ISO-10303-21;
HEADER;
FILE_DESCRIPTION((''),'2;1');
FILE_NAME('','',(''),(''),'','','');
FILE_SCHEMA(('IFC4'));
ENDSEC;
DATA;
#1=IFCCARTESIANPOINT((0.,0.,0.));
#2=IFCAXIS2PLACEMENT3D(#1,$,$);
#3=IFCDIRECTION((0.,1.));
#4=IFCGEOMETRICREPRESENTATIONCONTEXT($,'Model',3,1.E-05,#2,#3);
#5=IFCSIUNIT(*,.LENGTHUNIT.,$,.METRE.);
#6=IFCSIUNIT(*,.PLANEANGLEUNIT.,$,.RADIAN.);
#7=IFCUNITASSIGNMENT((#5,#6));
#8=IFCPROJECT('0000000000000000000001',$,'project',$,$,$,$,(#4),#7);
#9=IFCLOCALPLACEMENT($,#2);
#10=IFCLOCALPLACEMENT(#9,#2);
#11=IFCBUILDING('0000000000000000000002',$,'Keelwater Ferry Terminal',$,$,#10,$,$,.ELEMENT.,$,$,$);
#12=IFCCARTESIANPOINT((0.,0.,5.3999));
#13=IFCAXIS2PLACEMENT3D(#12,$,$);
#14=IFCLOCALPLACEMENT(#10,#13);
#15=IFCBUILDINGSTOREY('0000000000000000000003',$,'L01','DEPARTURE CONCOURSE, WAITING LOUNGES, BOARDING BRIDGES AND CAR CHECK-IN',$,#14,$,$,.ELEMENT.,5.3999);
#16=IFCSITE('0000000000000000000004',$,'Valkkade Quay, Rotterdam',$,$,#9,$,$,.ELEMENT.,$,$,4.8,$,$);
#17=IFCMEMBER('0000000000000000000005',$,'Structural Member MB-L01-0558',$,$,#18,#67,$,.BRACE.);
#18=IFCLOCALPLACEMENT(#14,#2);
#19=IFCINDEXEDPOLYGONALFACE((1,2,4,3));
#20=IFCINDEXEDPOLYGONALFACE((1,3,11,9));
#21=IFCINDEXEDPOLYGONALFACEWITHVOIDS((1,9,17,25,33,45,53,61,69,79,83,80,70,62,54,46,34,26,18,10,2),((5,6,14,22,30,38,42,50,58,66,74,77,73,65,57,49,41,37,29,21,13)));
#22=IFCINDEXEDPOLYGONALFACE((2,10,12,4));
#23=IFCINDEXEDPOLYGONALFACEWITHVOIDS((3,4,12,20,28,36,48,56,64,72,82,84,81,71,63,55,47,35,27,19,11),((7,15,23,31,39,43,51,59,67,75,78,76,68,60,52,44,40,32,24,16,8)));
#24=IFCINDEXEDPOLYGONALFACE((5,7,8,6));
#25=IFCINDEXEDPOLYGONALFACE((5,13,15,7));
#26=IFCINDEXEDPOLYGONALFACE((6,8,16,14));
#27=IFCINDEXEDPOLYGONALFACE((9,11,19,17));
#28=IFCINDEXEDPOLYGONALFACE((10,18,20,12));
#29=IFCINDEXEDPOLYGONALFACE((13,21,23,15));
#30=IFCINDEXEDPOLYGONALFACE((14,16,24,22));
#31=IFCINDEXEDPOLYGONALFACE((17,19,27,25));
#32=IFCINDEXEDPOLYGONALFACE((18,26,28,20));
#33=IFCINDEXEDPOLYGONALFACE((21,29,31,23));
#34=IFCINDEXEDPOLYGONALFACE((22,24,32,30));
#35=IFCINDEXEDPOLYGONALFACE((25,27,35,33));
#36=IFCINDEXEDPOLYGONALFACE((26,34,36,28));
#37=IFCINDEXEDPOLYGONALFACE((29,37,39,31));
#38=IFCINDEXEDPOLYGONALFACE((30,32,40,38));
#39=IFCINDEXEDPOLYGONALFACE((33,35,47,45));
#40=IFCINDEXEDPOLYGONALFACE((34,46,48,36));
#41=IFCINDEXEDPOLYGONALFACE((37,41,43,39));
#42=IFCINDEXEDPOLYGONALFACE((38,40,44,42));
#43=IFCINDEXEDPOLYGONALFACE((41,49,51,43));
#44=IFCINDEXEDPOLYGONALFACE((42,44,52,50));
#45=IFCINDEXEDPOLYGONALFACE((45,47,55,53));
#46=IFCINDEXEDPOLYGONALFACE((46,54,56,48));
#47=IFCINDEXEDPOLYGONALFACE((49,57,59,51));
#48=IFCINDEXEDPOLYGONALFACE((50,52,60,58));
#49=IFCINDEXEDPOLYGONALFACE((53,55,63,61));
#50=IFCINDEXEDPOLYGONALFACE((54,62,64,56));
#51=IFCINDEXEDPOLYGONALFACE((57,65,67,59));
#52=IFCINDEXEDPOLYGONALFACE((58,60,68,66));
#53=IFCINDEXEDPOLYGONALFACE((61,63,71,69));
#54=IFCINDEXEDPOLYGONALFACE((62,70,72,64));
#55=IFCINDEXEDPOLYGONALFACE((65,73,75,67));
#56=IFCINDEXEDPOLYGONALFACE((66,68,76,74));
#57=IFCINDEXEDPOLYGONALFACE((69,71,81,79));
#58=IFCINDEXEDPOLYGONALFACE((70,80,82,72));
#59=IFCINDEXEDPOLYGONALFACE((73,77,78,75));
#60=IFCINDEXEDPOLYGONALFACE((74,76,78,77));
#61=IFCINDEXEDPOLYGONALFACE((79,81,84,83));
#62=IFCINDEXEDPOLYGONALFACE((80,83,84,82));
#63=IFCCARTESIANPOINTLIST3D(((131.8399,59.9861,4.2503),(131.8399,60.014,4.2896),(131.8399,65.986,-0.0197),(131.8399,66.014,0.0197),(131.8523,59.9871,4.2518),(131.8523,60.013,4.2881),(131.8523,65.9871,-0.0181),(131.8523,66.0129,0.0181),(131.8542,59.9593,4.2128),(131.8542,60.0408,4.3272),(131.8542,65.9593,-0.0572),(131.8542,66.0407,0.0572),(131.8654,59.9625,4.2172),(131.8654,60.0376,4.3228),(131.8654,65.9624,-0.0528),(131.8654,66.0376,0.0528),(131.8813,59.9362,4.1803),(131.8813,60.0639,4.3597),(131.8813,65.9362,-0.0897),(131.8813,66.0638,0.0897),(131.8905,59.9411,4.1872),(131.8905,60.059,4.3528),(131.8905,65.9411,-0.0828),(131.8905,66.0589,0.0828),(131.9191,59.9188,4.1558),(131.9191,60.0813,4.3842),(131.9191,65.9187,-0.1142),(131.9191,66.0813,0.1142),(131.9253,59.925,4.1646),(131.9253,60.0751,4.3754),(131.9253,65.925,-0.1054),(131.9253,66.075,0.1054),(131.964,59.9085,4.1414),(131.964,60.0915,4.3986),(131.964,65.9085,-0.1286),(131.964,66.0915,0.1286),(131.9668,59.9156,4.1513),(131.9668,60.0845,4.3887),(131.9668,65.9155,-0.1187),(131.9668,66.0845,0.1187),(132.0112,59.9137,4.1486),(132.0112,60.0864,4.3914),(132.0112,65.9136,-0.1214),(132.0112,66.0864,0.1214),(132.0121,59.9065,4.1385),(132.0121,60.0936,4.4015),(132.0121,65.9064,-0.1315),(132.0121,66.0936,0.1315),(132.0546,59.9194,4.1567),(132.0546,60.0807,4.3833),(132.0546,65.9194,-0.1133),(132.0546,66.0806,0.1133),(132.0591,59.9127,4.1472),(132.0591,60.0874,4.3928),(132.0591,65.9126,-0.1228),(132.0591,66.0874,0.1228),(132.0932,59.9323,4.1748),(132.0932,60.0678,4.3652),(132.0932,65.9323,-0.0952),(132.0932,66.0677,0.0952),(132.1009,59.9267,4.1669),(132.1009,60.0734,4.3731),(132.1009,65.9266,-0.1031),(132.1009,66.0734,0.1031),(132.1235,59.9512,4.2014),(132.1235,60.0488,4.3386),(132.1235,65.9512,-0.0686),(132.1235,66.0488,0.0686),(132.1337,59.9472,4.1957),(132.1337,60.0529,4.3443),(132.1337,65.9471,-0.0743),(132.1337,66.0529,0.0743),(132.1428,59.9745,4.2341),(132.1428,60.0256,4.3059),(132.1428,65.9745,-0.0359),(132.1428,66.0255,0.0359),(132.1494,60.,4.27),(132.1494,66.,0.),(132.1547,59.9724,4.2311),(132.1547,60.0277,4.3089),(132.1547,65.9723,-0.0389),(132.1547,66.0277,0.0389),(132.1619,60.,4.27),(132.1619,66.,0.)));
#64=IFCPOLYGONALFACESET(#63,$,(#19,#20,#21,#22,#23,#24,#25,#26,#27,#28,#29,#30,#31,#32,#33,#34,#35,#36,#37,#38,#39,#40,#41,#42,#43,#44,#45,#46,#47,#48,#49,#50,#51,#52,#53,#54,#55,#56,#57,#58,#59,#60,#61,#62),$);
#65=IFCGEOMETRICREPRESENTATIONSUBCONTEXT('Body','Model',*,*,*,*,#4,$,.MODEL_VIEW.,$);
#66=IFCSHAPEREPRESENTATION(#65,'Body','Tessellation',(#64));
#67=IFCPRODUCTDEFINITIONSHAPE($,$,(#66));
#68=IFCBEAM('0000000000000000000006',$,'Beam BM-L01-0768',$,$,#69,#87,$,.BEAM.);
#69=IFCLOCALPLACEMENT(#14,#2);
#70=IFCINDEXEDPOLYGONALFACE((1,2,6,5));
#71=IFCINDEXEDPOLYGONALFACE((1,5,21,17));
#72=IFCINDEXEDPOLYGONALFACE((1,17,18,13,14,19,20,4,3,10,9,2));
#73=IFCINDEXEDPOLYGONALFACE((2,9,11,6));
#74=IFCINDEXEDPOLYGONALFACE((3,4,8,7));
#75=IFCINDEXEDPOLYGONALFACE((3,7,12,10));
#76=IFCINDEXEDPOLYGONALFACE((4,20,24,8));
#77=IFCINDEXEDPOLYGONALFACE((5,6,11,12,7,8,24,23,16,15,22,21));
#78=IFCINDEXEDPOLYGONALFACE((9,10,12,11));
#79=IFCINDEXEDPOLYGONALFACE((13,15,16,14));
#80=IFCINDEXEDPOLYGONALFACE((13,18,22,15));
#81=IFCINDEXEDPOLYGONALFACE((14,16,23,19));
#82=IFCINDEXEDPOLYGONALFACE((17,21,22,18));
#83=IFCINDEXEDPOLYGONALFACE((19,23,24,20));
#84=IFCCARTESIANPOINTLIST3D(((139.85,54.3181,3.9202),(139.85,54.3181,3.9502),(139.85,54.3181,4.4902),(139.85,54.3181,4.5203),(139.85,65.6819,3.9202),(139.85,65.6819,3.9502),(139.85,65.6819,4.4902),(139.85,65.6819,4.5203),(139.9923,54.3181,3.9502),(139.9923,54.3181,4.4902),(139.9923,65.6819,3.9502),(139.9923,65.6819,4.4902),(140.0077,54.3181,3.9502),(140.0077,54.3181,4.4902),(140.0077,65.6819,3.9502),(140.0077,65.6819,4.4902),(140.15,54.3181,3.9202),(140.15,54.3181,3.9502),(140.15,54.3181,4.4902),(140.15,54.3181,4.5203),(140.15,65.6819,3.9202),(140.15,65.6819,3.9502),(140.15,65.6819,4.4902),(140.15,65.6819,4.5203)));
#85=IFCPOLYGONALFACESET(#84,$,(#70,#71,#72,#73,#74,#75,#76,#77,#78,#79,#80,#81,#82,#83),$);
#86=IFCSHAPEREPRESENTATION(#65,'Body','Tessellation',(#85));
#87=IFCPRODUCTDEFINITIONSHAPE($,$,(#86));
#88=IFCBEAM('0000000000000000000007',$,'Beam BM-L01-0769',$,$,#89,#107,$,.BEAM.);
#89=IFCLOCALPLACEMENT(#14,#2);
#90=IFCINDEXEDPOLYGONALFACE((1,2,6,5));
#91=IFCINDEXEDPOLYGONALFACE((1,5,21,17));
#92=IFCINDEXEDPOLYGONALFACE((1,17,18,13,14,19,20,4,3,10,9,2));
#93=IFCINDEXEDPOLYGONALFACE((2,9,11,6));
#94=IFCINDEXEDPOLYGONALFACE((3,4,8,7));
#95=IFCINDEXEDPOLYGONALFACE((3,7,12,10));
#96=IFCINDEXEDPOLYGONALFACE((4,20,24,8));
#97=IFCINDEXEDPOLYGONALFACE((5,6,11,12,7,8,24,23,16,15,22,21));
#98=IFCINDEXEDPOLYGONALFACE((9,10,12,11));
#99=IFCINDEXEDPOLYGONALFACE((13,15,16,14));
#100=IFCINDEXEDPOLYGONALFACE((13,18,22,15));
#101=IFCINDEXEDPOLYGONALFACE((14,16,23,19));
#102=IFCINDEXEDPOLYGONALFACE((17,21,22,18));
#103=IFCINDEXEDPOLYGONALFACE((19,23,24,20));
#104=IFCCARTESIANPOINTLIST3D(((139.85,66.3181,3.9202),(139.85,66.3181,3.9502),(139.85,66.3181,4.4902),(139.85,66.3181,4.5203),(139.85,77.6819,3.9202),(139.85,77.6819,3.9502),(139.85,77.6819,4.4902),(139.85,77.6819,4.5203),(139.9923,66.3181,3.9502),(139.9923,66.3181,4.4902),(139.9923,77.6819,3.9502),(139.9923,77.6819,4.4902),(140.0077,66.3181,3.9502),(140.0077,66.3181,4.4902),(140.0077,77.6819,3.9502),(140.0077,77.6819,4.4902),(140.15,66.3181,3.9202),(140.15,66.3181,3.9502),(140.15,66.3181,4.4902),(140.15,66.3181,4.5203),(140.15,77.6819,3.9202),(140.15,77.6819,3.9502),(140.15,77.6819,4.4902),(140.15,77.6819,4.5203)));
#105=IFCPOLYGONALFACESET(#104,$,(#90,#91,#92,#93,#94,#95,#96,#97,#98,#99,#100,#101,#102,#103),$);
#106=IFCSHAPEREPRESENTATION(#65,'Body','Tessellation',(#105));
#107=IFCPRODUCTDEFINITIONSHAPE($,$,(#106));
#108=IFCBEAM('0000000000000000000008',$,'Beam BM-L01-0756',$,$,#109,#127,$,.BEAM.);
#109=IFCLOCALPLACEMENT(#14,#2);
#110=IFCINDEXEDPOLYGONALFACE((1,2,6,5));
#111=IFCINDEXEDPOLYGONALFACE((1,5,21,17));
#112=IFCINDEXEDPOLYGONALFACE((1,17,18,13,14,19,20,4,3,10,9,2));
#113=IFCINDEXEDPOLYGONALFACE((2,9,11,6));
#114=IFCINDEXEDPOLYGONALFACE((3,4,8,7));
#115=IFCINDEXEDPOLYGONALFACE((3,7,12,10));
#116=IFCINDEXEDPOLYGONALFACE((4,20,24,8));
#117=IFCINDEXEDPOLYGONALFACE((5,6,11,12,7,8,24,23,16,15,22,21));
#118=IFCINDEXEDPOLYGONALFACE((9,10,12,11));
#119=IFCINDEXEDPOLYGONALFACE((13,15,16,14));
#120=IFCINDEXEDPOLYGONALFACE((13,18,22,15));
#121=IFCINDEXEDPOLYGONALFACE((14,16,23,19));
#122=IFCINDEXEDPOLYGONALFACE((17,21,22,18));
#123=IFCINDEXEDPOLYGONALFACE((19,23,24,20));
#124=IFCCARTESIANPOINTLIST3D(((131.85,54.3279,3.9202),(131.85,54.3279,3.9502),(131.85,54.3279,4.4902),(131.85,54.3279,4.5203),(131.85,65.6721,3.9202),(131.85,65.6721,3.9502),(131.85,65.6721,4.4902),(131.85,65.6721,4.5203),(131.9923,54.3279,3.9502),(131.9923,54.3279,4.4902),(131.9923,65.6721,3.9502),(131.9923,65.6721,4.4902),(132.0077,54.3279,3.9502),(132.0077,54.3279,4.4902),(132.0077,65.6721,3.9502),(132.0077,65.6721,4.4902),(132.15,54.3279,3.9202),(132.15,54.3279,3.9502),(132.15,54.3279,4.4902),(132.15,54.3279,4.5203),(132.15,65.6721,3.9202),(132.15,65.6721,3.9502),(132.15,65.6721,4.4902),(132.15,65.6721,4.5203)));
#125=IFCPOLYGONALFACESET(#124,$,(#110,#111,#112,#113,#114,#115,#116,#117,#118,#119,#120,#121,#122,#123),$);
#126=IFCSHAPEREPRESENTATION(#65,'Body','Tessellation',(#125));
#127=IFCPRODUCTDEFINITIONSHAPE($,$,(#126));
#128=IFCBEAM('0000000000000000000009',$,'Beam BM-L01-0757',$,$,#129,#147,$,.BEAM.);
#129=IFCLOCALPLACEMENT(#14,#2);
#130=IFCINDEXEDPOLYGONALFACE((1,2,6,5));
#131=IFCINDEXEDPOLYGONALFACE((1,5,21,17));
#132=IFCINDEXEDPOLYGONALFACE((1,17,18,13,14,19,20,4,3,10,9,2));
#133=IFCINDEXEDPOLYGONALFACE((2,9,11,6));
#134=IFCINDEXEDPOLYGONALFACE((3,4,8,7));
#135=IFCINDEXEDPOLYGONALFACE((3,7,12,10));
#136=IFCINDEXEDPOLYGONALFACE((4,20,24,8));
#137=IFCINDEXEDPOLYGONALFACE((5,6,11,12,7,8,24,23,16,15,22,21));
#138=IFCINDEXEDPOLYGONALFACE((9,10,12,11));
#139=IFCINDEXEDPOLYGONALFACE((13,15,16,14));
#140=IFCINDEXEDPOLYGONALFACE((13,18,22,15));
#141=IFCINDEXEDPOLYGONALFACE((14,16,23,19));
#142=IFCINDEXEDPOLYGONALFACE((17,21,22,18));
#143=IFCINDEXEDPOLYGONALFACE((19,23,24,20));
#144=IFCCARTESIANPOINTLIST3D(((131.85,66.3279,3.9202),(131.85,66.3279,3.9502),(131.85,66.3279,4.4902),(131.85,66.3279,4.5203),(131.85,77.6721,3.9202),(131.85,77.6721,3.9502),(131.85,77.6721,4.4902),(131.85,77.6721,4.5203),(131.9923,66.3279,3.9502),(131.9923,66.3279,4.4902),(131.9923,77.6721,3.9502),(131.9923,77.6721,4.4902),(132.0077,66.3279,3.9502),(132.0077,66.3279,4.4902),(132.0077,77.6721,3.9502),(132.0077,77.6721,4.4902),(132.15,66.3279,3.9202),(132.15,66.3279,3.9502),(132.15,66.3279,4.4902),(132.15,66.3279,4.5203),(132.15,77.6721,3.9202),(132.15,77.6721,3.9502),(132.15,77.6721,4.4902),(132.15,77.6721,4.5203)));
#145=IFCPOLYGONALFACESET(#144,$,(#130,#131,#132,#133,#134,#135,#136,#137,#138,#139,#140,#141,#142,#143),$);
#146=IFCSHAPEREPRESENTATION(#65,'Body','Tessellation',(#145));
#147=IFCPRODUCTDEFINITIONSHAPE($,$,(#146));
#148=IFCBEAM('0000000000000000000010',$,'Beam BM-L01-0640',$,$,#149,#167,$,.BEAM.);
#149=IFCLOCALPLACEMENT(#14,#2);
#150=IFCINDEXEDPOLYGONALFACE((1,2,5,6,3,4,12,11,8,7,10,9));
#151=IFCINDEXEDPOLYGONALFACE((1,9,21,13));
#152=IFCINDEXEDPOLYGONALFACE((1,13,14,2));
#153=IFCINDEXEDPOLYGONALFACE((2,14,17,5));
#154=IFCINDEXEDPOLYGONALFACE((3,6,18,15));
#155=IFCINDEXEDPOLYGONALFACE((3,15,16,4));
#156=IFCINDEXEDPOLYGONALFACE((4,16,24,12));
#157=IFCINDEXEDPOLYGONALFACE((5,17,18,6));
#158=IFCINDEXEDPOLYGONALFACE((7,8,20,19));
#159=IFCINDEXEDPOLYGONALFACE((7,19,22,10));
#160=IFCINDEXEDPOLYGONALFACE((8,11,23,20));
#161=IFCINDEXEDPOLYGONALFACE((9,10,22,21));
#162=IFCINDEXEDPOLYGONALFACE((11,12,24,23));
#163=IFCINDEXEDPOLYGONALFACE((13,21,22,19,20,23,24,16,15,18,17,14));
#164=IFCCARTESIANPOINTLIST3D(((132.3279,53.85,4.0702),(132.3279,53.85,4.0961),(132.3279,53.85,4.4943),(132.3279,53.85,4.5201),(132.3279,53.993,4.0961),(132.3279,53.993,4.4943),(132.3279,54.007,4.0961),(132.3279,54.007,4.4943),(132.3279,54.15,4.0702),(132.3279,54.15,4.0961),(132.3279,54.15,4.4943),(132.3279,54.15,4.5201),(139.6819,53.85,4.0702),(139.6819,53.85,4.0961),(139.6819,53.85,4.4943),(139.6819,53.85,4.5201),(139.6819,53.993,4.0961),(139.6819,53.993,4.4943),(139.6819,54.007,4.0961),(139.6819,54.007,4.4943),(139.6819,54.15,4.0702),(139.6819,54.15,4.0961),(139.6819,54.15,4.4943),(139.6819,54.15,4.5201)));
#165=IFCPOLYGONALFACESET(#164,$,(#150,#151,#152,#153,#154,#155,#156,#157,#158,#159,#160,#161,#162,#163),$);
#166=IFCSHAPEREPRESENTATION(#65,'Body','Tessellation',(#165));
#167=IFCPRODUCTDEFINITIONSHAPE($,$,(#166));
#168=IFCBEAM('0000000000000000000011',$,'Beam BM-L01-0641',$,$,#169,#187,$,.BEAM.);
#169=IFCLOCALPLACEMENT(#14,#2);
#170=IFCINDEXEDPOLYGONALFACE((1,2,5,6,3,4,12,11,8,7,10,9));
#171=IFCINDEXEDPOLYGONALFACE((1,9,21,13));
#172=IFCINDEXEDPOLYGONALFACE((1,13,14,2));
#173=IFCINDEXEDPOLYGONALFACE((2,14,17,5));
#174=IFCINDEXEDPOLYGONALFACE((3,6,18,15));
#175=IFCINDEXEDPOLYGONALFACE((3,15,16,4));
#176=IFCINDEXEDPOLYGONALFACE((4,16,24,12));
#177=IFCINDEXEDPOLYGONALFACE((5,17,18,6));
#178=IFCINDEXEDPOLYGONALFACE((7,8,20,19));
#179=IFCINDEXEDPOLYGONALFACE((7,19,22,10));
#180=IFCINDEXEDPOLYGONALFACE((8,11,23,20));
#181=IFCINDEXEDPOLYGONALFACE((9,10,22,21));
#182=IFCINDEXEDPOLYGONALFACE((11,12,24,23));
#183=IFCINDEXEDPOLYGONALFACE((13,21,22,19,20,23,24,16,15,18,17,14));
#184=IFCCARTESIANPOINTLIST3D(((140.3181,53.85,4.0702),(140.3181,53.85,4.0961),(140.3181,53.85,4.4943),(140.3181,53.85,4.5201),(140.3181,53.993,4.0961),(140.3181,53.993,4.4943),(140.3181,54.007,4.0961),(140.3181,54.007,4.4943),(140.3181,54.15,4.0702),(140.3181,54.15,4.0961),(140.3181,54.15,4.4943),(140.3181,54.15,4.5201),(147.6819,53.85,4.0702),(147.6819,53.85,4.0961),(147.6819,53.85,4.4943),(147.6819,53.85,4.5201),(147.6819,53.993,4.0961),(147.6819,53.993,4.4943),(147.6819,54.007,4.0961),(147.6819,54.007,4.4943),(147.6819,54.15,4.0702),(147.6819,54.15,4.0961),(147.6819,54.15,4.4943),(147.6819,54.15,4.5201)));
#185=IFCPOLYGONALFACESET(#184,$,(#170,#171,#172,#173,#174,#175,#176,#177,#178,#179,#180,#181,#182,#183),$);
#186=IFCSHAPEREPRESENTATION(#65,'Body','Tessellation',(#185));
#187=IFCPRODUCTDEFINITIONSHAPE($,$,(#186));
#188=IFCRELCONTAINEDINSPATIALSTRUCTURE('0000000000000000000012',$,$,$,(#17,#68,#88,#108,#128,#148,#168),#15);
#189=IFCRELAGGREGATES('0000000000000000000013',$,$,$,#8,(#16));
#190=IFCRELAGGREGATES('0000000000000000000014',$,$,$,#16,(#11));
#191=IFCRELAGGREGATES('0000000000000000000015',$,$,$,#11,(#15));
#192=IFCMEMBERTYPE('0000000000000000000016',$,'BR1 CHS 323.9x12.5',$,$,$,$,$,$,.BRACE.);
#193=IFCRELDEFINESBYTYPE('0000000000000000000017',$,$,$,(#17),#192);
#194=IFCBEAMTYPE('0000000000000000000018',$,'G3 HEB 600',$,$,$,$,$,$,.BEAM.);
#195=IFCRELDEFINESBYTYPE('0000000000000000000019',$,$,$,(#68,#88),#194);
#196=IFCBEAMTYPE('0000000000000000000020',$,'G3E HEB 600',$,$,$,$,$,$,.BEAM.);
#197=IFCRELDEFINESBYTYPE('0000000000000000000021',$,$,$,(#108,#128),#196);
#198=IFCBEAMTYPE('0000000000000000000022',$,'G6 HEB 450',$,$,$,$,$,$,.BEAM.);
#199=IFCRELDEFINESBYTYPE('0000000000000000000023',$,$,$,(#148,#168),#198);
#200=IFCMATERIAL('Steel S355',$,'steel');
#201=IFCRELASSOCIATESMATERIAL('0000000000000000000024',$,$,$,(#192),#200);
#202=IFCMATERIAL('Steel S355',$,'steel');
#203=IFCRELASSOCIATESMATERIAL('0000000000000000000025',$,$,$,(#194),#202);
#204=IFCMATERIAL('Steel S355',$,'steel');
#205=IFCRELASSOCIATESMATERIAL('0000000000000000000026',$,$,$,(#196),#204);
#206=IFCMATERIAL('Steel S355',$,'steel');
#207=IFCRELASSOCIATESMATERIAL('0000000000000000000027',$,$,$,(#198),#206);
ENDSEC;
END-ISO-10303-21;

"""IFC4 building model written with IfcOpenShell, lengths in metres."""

from ifc_helpers import new_model, si_unit, direction, frame, origin, origin_2d, place, context, subcontext, project, spatial, hollow_circle, i_section, extrude, material, material_profile, profile_set, type_object, element, save


model = new_model("IFC4")

# Units and contexts
model_context = context("Model", 3, precision=1e-05, world=origin(), true_north=direction((0.0, 1.0)))
body_context = subcontext(model_context, "Body", "Model", "MODEL_VIEW")
ifc_project = project(units=[si_unit("LENGTHUNIT", "METRE"), si_unit("PLANEANGLEUNIT", "RADIAN")], contexts=[model_context])

# Site, building, storey
site_placement = place(None, origin())
site = spatial("IfcSite", under=ifc_project, at=site_placement, Name="Valkkade Quay, Rotterdam", CompositionType="ELEMENT", RefElevation=4.8)
building_placement = place(site_placement, origin())
building = spatial("IfcBuilding", under=site, at=building_placement, Name="Keelwater Ferry Terminal", CompositionType="ELEMENT")
storey_placement = place(building_placement, frame((0.0, 0.0, 5.3999)))
storey = spatial("IfcBuildingStorey", under=building, at=storey_placement, Name="L01", Description="DEPARTURE CONCOURSE, WAITING LOUNGES, BOARDING BRIDGES AND CAR CHECK-IN", CompositionType="ELEMENT", Elevation=5.3999)

# Member
ifc_material_1 = material(Name="Steel S355", Category="steel")
ifc_material_profile_1 = material_profile(ifc_material_1, hollow_circle(Radius=0.1619, WallThickness=0.0125, at=origin_2d()), Name="CHS 323.9x12.5")
ifc_profile_set_1 = profile_set([ifc_material_profile_1], Name="Steel S355")
member_type = type_object("IfcMemberType", Name="BR1 CHS 323.9x12.5", PredefinedType="BRACE", material=ifc_profile_set_1)
for number, where, z_axis, x_axis, name in (
    (1, (132.0, 66.0, 0.0), (0.0, -0.81474, 0.579826), (1.0, 0.0, 0.0), "Structural Member MB-L01-0558"),
):
    element("IfcMember", number, at=place(storey_placement, frame(where, z_axis=z_axis, x_axis=x_axis)), inside=storey, type_object=member_type, Name=name, PredefinedType="BRACE", context=body_context, shape_type="SweptSolid", body=[
        extrude(hollow_circle(Radius=0.1619, WallThickness=0.0125, at=origin_2d()), origin(), (0.0, 0.0, 1.0), 7.3643),
    ])

# Beams
ifc_material_2 = material(Name="Steel S355", Category="steel")
ifc_material_profile_2 = material_profile(ifc_material_2, i_section(OverallWidth=0.3, OverallDepth=0.6001, WebThickness=0.0154, FlangeThickness=0.03, at=origin_2d()), Name="HEB 600")
ifc_profile_set_2 = profile_set([ifc_material_profile_2], Name="Steel S355")
beam_type_1 = type_object("IfcBeamType", Name="G3 HEB 600", PredefinedType="BEAM", material=ifc_profile_set_2)
for number, where, z_axis, x_axis, name in (
    (2, (140.0, 54.3181, 4.2202), (0.0, 1.0, 0.0), (-1.0, 0.0, 0.0), "Beam BM-L01-0768"),
    (3, (140.0, 66.3181, 4.2202), (0.0, 1.0, 0.0), (-1.0, 0.0, 0.0), "Beam BM-L01-0769"),
):
    element("IfcBeam", number, at=place(storey_placement, frame(where, z_axis=z_axis, x_axis=x_axis)), inside=storey, type_object=beam_type_1, Name=name, PredefinedType="BEAM", context=body_context, shape_type="SweptSolid", body=[
        extrude(i_section(OverallWidth=0.3, OverallDepth=0.6001, WebThickness=0.0154, FlangeThickness=0.03, at=origin_2d()), origin(), (0.0, 0.0, 1.0), 11.3638),
    ])
ifc_material_3 = material(Name="Steel S355", Category="steel")
ifc_material_profile_3 = material_profile(ifc_material_3, i_section(OverallWidth=0.3, OverallDepth=0.6001, WebThickness=0.0154, FlangeThickness=0.03, at=origin_2d()), Name="HEB 600")
ifc_profile_set_3 = profile_set([ifc_material_profile_3], Name="Steel S355")
beam_type_2 = type_object("IfcBeamType", Name="G3E HEB 600", PredefinedType="BEAM", material=ifc_profile_set_3)
for number, where, z_axis, x_axis, name in (
    (4, (132.0, 54.3279, 4.2202), (0.0, 1.0, 0.0), (-1.0, 0.0, 0.0), "Beam BM-L01-0756"),
    (5, (132.0, 66.3279, 4.2202), (0.0, 1.0, 0.0), (-1.0, 0.0, 0.0), "Beam BM-L01-0757"),
):
    element("IfcBeam", number, at=place(storey_placement, frame(where, z_axis=z_axis, x_axis=x_axis)), inside=storey, type_object=beam_type_2, Name=name, PredefinedType="BEAM", context=body_context, shape_type="SweptSolid", body=[
        extrude(i_section(OverallWidth=0.3, OverallDepth=0.6001, WebThickness=0.0154, FlangeThickness=0.03, at=origin_2d()), origin(), (0.0, 0.0, 1.0), 11.3442),
    ])
ifc_material_4 = material(Name="Steel S355", Category="steel")
ifc_material_profile_4 = material_profile(ifc_material_4, i_section(OverallWidth=0.3, OverallDepth=0.45, WebThickness=0.0139, FlangeThickness=0.0259, at=origin_2d()), Name="HEB 450")
ifc_profile_set_4 = profile_set([ifc_material_profile_4], Name="Steel S355")
beam_type_3 = type_object("IfcBeamType", Name="G6 HEB 450", PredefinedType="BEAM", material=ifc_profile_set_4)
beam_1_placement = place(storey_placement, frame((132.3279, 54.0, 4.2952), z_axis=(1.0, 0.0, 0.0), x_axis=(0.0, 1.0, 0.0)))
element("IfcBeam", 6, at=beam_1_placement, inside=storey, type_object=beam_type_3, Name="Beam BM-L01-0640", PredefinedType="BEAM", context=body_context, shape_type="SweptSolid", body=[
    extrude(i_section(OverallWidth=0.3, OverallDepth=0.45, WebThickness=0.0139, FlangeThickness=0.0259, at=origin_2d()), origin(), (0.0, 0.0, 1.0), 7.354),
])
beam_2_placement = place(storey_placement, frame((140.3181, 54.0, 4.2952), z_axis=(1.0, 0.0, 0.0), x_axis=(0.0, 1.0, 0.0)))
element("IfcBeam", 7, at=beam_2_placement, inside=storey, type_object=beam_type_3, Name="Beam BM-L01-0641", PredefinedType="BEAM", context=body_context, shape_type="SweptSolid", body=[
    extrude(i_section(OverallWidth=0.3, OverallDepth=0.45, WebThickness=0.0139, FlangeThickness=0.0259, at=origin_2d()), origin(), (0.0, 0.0, 1.0), 7.3638),
])

save(model, "model.ifc")
